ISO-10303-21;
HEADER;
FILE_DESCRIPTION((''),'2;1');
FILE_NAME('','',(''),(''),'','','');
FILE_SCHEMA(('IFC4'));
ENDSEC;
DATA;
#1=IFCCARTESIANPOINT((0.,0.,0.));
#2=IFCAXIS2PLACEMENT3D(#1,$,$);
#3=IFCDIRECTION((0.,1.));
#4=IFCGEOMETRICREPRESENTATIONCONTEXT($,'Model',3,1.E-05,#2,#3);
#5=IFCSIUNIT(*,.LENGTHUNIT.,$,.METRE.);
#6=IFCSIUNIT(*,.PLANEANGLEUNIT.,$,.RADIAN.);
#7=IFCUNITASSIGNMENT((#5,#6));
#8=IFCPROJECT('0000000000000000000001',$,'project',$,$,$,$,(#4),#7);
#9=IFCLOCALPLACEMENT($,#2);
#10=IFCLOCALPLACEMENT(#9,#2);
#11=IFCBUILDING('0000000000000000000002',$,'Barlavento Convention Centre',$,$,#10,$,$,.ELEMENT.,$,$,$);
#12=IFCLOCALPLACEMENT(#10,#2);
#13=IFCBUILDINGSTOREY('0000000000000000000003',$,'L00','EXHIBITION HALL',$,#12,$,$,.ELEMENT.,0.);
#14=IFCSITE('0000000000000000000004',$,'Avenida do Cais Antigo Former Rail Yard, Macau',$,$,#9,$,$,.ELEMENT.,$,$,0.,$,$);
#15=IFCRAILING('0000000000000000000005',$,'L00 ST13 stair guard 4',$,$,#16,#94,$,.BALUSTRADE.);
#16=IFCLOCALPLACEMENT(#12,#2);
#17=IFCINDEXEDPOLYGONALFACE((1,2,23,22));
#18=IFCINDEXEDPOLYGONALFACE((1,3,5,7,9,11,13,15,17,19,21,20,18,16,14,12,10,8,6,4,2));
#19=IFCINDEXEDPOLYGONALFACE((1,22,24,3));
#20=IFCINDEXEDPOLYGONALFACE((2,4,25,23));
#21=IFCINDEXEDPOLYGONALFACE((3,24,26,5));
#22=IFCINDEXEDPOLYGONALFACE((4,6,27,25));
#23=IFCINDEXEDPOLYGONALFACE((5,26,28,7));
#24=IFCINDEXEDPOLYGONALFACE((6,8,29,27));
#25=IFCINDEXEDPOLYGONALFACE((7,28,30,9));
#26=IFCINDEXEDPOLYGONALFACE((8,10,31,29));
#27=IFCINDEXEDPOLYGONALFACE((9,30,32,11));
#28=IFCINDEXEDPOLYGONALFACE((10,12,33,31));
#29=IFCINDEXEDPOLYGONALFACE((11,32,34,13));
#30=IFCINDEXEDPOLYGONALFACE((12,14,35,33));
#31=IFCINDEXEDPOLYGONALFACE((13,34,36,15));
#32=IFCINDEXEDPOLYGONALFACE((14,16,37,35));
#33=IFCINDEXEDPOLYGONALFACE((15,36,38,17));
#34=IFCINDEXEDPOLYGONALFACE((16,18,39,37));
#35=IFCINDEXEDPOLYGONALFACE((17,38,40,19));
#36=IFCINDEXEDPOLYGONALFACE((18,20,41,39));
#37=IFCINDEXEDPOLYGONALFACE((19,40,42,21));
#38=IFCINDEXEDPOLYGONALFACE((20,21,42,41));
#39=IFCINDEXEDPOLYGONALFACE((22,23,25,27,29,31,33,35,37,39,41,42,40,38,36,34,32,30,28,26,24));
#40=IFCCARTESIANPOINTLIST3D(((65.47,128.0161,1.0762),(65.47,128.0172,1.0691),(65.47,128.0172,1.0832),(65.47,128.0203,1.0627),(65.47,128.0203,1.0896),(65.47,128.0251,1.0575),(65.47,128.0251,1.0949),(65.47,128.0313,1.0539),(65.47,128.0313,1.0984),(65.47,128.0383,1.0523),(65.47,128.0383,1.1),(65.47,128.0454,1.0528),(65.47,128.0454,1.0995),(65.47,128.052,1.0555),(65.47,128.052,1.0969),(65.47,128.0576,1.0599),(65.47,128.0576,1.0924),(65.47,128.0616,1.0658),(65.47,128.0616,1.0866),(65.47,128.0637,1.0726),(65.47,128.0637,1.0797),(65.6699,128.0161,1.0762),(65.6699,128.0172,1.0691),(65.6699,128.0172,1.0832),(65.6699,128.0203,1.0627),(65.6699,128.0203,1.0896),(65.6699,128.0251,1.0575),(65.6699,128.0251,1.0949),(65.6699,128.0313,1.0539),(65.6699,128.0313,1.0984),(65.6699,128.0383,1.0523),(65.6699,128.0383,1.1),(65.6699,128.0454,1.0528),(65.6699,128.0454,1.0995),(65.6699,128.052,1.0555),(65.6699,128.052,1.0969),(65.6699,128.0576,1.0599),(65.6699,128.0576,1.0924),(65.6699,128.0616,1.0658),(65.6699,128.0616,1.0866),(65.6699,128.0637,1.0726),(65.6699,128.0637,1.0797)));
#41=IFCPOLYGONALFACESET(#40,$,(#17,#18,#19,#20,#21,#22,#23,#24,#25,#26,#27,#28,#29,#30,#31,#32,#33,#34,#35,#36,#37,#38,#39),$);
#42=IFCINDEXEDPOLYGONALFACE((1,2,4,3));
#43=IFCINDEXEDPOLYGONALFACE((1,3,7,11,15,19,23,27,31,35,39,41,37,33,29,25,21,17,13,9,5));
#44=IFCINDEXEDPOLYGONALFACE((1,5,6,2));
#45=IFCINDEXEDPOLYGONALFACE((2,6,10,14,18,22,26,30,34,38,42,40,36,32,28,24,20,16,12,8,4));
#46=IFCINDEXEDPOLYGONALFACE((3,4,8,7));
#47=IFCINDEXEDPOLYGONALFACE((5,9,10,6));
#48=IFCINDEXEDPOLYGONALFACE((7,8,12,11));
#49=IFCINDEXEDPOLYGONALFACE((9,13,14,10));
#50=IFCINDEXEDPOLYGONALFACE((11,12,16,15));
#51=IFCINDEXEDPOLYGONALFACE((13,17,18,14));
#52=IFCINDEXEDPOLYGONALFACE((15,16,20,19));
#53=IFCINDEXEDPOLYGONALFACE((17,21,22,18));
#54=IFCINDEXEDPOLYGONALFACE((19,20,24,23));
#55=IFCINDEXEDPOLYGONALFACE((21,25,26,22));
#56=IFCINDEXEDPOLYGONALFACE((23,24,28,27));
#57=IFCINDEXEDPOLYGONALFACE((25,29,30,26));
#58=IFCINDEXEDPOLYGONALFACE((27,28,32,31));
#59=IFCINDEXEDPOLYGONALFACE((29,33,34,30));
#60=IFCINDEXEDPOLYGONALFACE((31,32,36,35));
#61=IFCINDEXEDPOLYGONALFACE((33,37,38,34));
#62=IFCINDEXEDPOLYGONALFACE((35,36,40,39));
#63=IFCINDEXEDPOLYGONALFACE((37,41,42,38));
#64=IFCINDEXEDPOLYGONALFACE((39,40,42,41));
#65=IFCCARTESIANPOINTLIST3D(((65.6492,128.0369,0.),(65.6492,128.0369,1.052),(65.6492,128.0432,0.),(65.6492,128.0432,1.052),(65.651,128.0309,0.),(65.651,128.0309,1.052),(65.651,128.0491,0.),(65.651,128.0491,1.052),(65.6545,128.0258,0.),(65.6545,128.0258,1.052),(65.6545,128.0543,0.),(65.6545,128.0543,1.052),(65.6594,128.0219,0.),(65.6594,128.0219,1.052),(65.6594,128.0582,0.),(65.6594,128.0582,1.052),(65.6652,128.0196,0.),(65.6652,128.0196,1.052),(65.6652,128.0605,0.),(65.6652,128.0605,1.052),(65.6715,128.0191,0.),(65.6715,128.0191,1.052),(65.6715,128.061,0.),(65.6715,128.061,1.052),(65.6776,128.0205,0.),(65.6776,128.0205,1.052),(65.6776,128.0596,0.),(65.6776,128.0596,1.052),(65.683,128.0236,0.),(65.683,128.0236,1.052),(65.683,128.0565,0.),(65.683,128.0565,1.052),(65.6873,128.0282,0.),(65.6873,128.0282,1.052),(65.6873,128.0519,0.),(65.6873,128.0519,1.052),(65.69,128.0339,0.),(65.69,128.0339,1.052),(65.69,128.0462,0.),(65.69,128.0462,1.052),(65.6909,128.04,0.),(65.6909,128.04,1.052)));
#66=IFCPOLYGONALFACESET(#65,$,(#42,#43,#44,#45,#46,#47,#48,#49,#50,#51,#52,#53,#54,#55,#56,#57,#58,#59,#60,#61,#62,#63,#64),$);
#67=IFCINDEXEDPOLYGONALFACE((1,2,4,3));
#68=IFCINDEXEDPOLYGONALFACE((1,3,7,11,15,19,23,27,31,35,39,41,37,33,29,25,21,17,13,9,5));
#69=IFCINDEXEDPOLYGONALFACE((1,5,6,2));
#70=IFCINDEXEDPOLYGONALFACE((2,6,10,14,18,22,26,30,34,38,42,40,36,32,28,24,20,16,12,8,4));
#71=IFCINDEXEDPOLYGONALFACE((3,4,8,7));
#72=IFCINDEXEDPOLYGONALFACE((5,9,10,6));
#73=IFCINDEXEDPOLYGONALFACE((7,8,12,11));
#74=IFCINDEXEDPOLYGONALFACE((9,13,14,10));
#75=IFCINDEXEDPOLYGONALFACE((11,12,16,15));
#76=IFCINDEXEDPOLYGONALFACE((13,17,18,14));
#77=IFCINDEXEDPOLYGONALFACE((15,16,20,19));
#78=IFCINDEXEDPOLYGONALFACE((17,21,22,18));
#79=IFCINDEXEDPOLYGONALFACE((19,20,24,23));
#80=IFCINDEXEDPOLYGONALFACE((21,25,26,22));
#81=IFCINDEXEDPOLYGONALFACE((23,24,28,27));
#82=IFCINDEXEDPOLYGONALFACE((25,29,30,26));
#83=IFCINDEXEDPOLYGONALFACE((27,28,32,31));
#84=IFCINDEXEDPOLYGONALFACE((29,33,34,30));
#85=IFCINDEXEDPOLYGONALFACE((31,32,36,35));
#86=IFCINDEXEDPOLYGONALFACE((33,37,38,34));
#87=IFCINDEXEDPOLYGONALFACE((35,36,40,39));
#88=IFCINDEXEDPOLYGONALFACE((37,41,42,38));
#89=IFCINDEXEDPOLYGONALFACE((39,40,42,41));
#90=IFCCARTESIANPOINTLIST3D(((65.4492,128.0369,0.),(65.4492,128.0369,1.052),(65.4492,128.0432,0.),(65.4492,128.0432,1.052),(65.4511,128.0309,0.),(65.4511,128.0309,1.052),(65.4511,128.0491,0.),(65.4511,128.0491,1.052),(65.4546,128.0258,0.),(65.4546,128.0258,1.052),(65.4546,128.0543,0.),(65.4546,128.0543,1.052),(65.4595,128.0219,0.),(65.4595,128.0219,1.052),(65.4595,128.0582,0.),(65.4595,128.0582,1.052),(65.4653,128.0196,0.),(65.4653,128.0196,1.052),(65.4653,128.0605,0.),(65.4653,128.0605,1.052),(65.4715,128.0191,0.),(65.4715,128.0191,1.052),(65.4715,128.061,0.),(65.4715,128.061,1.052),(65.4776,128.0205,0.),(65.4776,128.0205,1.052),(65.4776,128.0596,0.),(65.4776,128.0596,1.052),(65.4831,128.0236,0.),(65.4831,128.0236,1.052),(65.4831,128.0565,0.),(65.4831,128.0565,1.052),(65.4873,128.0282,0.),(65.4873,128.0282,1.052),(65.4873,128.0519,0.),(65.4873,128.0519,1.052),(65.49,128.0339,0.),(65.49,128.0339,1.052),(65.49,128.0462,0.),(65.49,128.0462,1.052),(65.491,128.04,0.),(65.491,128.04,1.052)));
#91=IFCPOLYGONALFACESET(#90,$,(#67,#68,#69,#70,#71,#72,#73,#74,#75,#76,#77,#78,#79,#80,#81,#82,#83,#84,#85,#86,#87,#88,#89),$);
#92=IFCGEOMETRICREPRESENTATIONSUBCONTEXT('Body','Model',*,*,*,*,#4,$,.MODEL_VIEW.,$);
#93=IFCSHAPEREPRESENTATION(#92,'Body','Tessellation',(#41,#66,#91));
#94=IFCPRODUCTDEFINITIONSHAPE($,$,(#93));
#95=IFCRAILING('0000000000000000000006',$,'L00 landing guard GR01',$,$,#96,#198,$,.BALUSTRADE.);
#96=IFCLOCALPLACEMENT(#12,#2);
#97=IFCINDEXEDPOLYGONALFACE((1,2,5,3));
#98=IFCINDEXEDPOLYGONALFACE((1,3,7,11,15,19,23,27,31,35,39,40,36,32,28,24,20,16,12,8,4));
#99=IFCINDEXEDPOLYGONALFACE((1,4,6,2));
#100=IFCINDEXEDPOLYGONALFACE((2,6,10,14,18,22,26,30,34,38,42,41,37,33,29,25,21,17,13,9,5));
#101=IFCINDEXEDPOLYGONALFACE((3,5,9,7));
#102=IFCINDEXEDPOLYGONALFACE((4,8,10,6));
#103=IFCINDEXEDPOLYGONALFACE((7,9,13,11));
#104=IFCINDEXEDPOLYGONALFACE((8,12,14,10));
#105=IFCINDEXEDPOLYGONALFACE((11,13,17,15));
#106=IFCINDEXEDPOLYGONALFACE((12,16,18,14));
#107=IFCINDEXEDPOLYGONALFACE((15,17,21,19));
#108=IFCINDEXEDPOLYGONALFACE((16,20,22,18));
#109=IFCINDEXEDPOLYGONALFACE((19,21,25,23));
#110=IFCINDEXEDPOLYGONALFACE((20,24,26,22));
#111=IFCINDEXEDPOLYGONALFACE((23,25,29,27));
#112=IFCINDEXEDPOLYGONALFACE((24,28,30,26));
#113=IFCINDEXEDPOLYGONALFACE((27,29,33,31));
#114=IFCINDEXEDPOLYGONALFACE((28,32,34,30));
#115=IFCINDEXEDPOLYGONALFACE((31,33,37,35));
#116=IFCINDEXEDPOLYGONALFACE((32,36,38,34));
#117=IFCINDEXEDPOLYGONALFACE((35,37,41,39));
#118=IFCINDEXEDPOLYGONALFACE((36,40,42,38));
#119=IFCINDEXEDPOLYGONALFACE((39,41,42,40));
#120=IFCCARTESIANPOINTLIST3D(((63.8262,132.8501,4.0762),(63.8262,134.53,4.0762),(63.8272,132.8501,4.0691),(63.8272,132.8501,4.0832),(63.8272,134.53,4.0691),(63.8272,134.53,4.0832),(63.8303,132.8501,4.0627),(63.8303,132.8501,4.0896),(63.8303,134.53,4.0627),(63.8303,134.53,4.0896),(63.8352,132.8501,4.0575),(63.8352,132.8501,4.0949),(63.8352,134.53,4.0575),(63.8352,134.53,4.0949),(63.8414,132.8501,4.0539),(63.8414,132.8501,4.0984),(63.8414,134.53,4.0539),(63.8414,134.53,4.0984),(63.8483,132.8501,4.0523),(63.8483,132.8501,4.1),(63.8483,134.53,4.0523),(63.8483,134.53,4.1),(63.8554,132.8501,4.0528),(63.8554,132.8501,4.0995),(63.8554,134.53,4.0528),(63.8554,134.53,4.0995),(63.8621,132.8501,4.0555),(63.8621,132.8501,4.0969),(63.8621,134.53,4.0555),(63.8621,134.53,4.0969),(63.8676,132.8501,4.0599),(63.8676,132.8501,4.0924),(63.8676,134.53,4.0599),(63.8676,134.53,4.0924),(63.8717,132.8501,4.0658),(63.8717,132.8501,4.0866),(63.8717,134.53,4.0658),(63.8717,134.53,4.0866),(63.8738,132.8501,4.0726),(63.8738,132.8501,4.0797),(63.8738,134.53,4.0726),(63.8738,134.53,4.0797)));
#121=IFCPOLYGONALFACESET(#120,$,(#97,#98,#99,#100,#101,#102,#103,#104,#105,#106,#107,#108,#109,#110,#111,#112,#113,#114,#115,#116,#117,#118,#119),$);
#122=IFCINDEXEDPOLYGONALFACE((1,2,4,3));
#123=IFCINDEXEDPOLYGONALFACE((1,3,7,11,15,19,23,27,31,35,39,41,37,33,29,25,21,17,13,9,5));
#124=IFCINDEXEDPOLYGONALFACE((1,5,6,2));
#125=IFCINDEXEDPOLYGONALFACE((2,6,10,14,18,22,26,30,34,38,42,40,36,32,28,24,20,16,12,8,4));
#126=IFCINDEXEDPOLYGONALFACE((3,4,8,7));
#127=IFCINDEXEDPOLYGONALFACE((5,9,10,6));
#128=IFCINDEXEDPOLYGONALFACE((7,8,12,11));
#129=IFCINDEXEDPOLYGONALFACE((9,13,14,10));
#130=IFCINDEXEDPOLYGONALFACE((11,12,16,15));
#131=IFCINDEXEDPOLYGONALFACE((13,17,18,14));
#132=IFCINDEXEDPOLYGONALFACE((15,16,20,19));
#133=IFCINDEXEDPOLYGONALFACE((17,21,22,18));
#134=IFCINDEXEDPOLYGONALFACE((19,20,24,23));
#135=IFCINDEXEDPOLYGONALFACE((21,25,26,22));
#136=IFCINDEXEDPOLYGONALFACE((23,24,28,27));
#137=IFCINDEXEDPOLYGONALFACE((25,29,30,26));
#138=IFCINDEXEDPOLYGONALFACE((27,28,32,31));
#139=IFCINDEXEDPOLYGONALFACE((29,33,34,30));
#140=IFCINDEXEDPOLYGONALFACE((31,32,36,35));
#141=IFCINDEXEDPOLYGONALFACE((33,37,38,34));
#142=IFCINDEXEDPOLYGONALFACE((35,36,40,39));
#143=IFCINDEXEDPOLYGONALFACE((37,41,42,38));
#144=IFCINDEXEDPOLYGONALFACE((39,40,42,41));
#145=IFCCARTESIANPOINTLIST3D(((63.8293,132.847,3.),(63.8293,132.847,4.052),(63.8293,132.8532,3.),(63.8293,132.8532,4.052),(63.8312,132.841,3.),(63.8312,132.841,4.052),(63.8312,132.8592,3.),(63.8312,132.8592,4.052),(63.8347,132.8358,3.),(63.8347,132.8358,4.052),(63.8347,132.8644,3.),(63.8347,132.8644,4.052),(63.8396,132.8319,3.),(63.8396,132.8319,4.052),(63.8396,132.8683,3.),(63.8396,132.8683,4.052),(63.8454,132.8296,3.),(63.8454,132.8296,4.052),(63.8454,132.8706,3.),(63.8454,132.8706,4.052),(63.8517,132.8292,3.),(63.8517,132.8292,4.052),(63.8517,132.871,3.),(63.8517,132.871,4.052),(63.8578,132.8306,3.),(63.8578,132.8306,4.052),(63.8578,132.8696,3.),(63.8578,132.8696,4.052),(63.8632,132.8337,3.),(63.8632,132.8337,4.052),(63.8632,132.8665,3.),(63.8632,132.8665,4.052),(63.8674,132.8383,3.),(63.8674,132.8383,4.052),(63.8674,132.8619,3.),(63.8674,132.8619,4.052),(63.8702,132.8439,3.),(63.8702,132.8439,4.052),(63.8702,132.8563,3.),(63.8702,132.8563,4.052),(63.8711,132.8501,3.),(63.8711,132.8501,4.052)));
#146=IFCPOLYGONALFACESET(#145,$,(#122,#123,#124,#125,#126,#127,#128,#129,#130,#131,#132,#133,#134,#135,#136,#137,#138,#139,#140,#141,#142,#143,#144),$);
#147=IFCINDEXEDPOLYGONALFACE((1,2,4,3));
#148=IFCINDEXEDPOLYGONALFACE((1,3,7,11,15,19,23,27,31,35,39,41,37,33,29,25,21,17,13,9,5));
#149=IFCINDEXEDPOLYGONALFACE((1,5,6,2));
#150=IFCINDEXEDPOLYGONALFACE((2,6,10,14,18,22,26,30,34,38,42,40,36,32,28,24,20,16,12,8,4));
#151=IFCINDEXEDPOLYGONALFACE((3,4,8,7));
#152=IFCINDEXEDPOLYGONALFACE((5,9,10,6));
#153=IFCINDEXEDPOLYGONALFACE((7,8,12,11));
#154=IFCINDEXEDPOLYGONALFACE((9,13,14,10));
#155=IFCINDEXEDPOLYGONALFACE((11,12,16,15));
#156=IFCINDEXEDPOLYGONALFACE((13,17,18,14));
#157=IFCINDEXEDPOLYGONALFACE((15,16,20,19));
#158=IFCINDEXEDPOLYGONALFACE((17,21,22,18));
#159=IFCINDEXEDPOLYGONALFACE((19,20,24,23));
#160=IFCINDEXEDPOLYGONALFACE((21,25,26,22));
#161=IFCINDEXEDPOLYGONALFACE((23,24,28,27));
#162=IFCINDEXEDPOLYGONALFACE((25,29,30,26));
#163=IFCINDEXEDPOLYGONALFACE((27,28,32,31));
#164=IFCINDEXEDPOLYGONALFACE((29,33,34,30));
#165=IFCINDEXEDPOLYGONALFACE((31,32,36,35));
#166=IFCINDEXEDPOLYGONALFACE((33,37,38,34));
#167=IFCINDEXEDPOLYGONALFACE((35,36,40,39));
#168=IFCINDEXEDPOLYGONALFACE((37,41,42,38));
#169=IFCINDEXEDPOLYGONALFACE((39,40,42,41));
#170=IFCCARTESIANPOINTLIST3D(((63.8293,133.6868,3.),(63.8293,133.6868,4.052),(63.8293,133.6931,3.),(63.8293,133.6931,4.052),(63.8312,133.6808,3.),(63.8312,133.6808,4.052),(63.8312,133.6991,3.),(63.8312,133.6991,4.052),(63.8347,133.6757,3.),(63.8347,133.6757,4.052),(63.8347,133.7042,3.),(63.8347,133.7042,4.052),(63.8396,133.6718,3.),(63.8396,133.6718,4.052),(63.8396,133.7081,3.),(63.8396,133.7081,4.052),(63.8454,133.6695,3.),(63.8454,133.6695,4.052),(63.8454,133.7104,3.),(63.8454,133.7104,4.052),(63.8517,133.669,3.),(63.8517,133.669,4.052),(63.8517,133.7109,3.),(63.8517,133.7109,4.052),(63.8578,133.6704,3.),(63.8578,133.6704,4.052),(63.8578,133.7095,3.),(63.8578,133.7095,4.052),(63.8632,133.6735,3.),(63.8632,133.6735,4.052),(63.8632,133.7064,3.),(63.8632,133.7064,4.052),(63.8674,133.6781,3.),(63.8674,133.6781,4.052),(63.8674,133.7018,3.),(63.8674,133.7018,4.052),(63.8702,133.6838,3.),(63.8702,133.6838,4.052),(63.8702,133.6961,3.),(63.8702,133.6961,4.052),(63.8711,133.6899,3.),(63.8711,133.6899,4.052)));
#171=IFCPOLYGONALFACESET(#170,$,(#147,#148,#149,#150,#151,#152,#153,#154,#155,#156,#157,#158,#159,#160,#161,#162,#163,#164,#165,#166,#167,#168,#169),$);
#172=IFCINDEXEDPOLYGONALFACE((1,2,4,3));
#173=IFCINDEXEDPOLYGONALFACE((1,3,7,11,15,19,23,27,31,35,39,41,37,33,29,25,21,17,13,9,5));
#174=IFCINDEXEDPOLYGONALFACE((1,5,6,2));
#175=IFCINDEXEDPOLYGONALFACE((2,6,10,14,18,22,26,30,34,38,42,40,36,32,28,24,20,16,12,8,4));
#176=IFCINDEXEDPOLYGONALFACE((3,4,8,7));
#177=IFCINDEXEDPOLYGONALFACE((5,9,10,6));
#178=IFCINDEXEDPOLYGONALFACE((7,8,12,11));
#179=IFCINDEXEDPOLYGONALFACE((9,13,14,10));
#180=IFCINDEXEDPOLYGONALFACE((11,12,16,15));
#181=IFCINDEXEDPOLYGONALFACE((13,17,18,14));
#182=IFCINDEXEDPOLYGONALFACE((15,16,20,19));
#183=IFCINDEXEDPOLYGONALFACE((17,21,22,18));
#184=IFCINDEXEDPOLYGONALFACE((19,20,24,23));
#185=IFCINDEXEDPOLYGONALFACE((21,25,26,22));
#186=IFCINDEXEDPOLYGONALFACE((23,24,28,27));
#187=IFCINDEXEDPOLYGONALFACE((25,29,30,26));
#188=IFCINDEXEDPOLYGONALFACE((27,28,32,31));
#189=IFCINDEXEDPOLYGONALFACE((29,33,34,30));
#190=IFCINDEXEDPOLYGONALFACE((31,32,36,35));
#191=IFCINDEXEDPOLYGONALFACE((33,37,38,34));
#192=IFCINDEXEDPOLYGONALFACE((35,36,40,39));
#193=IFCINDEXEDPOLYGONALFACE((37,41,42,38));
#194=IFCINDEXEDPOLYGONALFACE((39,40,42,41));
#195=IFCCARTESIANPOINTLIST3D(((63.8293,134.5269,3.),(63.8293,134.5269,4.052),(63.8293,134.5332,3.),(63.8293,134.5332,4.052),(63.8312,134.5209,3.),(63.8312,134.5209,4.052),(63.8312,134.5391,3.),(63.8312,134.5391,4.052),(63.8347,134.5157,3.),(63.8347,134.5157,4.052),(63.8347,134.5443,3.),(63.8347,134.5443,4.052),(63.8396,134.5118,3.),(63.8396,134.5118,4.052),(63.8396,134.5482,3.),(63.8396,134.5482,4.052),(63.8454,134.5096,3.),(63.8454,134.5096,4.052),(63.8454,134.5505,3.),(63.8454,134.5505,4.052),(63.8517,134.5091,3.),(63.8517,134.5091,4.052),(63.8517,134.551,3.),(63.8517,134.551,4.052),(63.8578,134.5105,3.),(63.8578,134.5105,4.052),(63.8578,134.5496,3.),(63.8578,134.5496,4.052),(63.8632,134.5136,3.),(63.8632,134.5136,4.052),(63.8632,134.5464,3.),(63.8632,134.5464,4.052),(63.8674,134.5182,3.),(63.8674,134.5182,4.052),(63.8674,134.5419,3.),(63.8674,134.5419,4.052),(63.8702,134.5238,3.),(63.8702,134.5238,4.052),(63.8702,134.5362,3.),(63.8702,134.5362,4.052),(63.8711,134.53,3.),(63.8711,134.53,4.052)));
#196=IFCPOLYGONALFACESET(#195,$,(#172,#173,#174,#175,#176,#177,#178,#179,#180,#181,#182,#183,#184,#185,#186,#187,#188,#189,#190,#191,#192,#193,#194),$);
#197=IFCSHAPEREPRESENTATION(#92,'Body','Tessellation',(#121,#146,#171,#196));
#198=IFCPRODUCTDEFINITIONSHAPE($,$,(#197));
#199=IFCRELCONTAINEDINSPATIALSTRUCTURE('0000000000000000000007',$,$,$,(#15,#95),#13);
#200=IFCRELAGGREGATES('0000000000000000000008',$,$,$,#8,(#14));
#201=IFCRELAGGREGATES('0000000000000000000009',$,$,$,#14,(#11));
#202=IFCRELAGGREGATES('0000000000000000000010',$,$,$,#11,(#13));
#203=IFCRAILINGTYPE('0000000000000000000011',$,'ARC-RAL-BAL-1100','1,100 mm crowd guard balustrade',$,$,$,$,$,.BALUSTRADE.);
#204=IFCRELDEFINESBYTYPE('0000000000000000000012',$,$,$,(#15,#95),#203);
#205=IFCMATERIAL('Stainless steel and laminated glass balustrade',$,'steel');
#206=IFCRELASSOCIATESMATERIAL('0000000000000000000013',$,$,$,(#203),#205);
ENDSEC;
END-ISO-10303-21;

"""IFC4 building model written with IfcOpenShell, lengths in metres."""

from ifc_helpers import new_model, si_unit, direction, frame, origin, origin_2d, place, context, subcontext, project, spatial, circle, extrude, material, type_object, element, save


model = new_model("IFC4")

# Units and contexts
model_context = context("Model", 3, precision=1e-05, world=origin(), true_north=direction((0.0, 1.0)))
body_context = subcontext(model_context, "Body", "Model", "MODEL_VIEW")
ifc_project = project(units=[si_unit("LENGTHUNIT", "METRE"), si_unit("PLANEANGLEUNIT", "RADIAN")], contexts=[model_context])

# Site, building, storey
site_placement = place(None, origin())
site = spatial("IfcSite", under=ifc_project, at=site_placement, Name="Avenida do Cais Antigo Former Rail Yard, Macau", CompositionType="ELEMENT", RefElevation=0.0)
building_placement = place(site_placement, origin())
building = spatial("IfcBuilding", under=site, at=building_placement, Name="Barlavento Convention Centre", CompositionType="ELEMENT")
storey_placement = place(building_placement, origin())
storey = spatial("IfcBuildingStorey", under=building, at=storey_placement, Name="L00", Description="EXHIBITION HALL", CompositionType="ELEMENT", Elevation=0.0)

# Railings
ifc_material_1 = material(Name="Stainless steel and laminated glass balustrade", Category="steel")
railing_type_1 = type_object("IfcRailingType", Name="ARC-RAL-BAL-1100", Description="1,100 mm crowd guard balustrade", PredefinedType="BALUSTRADE", material=ifc_material_1)
railing_1_placement = place(storey_placement, frame((65.6699, 128.04, 0.0)))
element("IfcRailing", 1, at=railing_1_placement, inside=storey, type_object=railing_type_1, Name="L00 ST13 stair guard 4", PredefinedType="BALUSTRADE", context=body_context, shape_type="SweptSolid", body=[
    extrude(circle(Radius=0.0239, at=origin_2d()), frame((0.0, 0.0, 1.0762), z_axis=(-1.0, 0.0, 0.0), x_axis=(0.0, -1.0, 0.0)), (0.0, 0.0, 1.0), 0.2),
    extrude(circle(Radius=0.021, at=origin_2d()), origin(), (0.0, 0.0, 1.0), 1.052),
    extrude(circle(Radius=0.021, at=origin_2d()), frame((-0.2, 0.0, 0.0)), (0.0, 0.0, 1.0), 1.052),
])
railing_2_placement = place(storey_placement, frame((63.8501, 132.8501, 3.0)))
element("IfcRailing", 2, at=railing_2_placement, inside=storey, type_object=railing_type_1, Name="L00 landing guard GR01", PredefinedType="BALUSTRADE", context=body_context, shape_type="SweptSolid", body=[
    extrude(circle(Radius=0.0239, at=origin_2d()), frame((0.0, 0.0, 1.0762), z_axis=(0.0, 1.0, 0.0), x_axis=(-1.0, 0.0, 0.0)), (0.0, 0.0, 1.0), 1.6799),
    extrude(circle(Radius=0.021, at=origin_2d()), origin(), (0.0, 0.0, 1.0), 1.052),
    extrude(circle(Radius=0.021, at=origin_2d()), frame((0.0, 0.8398, 0.0)), (0.0, 0.0, 1.0), 1.052),
    extrude(circle(Radius=0.021, at=origin_2d()), frame((0.0, 1.6799, 0.0)), (0.0, 0.0, 1.0), 1.052),
])

save(model, "model.ifc")
